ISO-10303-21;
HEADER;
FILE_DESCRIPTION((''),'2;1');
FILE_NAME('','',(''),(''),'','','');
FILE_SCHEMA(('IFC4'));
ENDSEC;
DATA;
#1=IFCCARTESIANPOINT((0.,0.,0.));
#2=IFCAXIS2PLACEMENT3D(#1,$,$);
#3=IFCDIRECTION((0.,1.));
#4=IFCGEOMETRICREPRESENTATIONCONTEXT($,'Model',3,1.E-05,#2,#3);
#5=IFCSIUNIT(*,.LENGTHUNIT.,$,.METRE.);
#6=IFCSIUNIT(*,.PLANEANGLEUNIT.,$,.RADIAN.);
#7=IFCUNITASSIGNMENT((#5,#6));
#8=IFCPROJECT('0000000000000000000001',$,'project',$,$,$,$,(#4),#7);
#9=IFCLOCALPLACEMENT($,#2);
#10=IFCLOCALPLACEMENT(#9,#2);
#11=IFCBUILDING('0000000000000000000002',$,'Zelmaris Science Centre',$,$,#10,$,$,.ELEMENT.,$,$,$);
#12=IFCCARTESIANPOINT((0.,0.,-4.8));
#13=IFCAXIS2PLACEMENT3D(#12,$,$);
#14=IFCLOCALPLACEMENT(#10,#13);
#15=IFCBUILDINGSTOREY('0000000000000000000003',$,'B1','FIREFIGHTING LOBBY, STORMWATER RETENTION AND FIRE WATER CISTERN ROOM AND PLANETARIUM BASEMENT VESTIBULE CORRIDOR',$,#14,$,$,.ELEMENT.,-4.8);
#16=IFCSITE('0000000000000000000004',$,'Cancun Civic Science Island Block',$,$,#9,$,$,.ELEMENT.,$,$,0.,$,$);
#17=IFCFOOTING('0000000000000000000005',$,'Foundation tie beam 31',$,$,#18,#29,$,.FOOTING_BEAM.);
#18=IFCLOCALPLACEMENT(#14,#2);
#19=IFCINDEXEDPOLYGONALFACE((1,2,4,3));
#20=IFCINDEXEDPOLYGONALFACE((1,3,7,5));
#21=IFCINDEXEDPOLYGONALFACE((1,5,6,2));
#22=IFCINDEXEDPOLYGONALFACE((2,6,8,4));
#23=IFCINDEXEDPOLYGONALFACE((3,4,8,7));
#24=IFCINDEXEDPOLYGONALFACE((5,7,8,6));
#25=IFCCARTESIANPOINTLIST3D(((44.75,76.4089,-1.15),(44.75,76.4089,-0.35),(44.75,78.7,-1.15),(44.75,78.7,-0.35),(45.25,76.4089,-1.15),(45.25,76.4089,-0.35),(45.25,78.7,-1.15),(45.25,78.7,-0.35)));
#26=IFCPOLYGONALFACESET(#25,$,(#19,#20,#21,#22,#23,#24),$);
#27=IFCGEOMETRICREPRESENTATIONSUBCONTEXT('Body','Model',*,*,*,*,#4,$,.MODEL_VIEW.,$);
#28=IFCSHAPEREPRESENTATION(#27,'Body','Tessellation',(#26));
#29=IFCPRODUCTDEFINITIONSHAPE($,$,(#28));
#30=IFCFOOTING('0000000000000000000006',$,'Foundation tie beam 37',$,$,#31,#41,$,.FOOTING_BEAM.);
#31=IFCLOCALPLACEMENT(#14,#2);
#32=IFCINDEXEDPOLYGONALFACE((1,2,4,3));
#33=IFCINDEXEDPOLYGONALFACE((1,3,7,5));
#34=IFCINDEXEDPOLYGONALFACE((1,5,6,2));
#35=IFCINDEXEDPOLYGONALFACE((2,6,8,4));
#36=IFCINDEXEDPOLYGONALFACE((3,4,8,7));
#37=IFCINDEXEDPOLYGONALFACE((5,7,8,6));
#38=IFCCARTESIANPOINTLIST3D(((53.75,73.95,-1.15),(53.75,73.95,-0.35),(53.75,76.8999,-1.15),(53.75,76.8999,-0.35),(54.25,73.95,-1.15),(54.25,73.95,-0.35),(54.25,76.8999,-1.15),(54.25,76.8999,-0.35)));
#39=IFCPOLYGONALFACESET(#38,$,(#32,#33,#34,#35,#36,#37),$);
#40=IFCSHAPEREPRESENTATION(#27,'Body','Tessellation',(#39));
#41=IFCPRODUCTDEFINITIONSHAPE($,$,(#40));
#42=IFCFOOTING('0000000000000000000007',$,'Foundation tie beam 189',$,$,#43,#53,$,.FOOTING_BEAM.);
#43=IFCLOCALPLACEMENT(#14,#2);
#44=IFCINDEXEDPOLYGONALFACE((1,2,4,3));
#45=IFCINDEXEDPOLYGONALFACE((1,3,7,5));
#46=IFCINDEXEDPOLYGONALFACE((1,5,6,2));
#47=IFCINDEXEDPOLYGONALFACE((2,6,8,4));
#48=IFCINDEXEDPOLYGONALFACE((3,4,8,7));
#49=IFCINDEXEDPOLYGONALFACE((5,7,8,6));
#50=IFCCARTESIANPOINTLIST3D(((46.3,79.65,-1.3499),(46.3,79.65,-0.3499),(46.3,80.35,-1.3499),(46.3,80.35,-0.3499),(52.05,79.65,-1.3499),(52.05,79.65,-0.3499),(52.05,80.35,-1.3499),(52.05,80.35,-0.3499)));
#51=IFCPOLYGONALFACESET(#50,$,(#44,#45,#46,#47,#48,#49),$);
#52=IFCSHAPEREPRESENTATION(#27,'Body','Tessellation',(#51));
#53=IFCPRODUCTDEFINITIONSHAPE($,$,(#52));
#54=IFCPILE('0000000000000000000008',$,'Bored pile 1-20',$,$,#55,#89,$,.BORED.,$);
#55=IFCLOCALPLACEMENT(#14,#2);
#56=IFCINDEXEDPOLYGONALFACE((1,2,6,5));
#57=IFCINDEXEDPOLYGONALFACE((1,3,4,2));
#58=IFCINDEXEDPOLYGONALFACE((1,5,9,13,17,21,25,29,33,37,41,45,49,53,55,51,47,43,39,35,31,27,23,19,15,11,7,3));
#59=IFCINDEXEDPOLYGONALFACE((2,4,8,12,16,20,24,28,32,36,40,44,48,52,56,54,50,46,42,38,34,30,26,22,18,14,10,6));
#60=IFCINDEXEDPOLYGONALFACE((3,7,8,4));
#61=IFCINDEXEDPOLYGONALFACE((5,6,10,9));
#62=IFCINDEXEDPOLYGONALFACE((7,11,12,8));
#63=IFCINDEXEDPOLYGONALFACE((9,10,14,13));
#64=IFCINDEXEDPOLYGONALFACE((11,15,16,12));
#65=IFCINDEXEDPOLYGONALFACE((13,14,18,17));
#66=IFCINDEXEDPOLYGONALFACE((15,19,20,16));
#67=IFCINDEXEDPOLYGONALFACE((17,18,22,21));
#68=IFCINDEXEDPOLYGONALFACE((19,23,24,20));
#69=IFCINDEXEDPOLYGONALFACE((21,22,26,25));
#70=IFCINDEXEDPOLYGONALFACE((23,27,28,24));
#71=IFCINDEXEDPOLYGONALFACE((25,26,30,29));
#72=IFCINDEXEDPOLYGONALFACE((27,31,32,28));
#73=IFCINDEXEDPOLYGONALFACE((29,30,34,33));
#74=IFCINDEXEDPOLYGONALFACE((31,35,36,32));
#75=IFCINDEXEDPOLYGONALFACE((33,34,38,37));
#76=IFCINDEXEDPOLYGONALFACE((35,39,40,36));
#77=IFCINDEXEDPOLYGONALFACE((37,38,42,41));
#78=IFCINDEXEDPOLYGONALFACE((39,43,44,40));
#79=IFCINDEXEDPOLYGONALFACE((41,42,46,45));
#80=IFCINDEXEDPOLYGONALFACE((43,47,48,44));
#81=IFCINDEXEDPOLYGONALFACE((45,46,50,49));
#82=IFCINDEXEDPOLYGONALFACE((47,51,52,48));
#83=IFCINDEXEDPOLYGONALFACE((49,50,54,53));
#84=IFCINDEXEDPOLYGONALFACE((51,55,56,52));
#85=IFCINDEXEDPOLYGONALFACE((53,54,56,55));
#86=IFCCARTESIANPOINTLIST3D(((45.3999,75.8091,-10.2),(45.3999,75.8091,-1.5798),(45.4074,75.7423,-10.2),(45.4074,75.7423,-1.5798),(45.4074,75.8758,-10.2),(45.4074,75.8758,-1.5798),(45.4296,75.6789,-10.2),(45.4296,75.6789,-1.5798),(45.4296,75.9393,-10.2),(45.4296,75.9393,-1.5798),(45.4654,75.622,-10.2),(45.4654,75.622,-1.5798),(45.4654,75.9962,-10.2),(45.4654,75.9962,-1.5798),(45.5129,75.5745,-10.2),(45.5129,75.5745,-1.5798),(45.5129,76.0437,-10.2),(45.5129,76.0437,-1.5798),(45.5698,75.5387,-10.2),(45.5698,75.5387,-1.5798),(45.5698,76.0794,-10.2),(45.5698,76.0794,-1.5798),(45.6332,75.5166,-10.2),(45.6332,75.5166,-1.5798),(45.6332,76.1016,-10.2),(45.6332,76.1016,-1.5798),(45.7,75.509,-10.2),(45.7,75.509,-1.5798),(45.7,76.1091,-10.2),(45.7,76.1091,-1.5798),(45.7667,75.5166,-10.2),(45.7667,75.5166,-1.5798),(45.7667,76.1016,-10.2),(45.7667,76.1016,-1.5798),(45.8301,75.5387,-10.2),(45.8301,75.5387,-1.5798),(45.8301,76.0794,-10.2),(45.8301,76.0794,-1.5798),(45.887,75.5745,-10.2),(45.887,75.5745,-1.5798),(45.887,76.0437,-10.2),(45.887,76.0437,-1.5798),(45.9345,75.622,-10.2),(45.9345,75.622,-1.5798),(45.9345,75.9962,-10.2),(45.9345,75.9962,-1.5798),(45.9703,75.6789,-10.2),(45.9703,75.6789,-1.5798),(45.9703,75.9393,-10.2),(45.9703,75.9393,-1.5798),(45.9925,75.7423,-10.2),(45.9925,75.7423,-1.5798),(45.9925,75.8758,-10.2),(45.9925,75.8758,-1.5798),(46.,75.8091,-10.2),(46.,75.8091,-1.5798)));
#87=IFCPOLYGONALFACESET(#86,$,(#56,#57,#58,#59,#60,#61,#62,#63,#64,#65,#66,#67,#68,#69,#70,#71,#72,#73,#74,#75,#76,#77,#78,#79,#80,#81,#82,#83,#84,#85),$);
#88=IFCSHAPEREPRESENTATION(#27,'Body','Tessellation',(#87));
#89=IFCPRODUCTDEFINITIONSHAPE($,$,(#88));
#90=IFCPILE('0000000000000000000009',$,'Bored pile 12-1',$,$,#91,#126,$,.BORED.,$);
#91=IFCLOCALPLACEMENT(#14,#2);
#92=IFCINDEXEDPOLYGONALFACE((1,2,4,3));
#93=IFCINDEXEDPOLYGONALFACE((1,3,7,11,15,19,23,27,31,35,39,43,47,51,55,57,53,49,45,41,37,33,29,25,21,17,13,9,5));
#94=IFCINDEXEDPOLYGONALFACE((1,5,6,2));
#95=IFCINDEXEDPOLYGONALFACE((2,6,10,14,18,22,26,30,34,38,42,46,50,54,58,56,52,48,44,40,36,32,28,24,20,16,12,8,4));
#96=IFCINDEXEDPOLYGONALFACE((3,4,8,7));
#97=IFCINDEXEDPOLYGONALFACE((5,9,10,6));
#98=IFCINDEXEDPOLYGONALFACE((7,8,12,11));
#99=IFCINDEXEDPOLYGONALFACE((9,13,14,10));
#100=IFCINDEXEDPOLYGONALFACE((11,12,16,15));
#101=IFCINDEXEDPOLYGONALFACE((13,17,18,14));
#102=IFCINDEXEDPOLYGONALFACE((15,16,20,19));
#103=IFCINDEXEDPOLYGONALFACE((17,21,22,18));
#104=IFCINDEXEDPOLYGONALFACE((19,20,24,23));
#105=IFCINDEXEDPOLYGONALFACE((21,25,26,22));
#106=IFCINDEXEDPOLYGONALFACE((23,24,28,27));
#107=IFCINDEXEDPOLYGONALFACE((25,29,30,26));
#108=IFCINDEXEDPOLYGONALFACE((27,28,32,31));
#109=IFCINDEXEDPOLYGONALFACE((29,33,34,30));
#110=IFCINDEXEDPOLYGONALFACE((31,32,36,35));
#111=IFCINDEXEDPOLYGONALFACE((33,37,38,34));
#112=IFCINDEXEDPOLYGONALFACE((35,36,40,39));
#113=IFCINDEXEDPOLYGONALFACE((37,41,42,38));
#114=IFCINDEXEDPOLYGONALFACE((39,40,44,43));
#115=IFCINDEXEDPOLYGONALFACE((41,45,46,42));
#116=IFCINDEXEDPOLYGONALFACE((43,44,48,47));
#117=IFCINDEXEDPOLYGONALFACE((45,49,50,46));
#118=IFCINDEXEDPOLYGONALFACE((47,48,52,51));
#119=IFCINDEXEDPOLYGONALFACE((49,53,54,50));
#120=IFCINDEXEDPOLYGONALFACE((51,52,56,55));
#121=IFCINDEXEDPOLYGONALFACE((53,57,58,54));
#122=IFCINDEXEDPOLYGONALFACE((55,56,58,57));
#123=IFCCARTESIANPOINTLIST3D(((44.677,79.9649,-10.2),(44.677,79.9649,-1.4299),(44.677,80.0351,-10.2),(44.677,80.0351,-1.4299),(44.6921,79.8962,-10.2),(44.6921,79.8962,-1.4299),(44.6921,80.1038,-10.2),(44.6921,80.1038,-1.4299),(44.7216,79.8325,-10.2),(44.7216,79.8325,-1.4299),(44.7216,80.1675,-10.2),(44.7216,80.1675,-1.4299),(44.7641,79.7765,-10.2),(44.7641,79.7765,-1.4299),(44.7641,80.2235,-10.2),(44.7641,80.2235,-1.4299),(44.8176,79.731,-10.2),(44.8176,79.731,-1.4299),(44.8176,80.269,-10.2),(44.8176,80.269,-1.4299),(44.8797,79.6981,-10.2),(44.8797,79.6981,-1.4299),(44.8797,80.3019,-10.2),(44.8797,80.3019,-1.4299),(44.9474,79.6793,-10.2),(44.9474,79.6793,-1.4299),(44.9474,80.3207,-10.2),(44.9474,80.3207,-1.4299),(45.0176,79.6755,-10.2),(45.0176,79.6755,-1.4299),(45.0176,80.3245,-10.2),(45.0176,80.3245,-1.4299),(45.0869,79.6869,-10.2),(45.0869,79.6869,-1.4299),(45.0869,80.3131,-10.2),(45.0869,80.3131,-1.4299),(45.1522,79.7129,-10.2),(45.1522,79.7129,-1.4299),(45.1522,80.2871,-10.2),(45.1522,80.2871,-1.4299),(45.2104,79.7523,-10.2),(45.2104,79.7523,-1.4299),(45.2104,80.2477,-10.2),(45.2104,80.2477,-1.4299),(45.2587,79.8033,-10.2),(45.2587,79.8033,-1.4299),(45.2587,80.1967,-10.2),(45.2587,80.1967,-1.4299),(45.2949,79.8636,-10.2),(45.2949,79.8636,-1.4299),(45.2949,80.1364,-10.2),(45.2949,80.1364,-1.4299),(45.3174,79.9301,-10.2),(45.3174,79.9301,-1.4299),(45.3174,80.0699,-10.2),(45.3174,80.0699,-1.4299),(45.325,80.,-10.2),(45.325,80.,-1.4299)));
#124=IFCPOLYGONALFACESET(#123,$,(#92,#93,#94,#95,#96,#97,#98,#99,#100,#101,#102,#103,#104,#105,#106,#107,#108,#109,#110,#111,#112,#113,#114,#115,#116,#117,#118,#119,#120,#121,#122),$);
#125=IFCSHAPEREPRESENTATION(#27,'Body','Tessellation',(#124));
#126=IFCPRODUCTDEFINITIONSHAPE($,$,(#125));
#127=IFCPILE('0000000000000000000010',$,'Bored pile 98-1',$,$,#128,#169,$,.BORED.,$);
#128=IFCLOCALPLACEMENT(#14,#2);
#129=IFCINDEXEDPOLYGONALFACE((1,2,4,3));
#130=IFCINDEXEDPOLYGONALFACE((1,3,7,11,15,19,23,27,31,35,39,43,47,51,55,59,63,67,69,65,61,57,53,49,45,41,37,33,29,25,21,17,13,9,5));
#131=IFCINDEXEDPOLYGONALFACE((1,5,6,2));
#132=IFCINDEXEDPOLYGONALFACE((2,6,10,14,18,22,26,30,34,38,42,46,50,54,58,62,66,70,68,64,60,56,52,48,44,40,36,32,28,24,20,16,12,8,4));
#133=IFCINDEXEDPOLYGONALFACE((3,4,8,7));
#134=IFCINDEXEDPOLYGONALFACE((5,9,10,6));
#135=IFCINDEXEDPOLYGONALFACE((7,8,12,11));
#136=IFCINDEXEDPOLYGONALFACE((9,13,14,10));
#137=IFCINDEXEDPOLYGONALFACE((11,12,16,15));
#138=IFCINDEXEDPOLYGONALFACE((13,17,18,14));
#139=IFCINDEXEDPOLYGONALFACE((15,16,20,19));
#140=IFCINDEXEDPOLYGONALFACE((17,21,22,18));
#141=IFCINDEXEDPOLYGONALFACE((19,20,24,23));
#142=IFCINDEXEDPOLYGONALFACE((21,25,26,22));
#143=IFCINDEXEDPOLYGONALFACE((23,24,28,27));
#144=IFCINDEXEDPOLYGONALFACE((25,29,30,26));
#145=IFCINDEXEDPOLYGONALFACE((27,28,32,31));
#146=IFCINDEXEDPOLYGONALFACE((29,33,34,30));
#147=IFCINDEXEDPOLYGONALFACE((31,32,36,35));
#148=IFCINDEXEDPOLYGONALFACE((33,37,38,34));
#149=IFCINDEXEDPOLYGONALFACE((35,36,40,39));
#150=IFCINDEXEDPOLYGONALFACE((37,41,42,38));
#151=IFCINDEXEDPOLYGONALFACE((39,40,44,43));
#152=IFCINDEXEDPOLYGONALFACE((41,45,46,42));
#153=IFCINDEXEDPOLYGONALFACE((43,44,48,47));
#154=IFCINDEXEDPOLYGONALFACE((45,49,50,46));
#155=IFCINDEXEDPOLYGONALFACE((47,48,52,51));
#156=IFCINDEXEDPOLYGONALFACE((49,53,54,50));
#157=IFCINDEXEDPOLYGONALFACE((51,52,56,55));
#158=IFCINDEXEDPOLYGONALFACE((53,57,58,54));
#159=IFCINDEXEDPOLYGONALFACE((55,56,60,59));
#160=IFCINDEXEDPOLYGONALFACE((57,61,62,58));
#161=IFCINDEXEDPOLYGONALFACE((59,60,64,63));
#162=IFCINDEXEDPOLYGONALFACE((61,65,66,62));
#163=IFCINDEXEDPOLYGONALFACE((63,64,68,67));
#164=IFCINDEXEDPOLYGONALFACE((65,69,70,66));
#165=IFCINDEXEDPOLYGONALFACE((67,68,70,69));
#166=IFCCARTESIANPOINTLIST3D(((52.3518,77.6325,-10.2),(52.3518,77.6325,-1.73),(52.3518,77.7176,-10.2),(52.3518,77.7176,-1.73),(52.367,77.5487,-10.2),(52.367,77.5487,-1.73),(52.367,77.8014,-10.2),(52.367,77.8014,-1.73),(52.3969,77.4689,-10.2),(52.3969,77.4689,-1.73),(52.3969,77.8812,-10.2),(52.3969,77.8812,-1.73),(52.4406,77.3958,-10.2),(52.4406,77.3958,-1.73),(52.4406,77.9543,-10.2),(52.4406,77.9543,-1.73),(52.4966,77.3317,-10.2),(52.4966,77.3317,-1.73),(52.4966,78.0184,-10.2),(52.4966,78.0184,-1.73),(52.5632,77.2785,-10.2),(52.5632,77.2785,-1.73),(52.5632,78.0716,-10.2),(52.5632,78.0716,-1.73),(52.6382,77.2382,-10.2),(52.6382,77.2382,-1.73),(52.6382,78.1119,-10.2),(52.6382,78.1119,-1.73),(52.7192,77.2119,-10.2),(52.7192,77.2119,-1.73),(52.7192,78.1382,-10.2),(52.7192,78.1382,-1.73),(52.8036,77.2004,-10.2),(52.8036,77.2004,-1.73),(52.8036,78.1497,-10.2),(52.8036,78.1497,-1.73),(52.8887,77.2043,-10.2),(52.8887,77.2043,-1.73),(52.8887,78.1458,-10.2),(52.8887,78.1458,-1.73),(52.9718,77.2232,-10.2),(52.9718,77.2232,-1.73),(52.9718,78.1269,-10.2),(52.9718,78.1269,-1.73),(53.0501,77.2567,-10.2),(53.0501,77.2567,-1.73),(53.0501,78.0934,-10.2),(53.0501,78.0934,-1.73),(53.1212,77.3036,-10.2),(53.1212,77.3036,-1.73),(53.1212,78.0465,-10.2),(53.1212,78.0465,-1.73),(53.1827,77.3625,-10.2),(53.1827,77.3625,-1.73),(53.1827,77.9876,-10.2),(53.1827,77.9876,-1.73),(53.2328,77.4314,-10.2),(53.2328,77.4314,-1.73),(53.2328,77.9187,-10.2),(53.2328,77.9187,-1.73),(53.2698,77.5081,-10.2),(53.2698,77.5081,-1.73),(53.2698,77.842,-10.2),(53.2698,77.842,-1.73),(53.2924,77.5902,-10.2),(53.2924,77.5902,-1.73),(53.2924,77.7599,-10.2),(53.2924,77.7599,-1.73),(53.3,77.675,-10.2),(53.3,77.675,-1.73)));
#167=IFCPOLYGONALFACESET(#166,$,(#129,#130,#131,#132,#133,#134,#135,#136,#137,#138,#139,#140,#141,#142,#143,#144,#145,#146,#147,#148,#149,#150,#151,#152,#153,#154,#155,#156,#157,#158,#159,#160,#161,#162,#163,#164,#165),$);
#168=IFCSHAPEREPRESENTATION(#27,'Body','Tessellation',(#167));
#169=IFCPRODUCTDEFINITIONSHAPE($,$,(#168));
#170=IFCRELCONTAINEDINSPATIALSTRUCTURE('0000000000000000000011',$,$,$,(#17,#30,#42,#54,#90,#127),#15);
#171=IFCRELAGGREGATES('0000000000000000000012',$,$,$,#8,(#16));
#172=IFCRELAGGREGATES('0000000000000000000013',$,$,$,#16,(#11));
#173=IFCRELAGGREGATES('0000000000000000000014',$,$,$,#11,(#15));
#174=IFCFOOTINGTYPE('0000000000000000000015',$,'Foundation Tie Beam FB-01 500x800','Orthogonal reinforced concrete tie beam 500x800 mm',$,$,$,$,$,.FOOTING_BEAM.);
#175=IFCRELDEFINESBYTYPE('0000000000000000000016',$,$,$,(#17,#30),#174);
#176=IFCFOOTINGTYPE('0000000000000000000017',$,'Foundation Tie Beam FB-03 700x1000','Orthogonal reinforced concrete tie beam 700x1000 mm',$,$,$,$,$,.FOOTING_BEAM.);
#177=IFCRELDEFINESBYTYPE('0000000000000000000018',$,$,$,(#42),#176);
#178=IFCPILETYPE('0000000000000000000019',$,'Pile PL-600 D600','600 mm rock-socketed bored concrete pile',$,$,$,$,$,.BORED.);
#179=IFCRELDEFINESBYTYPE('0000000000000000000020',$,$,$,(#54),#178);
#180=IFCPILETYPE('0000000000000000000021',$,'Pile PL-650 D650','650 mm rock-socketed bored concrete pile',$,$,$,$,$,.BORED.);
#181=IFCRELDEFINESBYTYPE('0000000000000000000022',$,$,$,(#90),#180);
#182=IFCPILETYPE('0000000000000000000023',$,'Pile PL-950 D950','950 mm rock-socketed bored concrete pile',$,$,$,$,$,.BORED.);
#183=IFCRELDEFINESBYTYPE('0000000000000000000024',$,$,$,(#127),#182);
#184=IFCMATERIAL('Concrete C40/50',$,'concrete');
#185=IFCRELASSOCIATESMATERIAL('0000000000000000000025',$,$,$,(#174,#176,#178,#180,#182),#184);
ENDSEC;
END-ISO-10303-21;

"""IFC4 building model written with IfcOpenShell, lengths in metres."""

from ifc_helpers import new_model, si_unit, direction, frame, origin, origin_2d, place, context, subcontext, project, spatial, rectangle, circle, extrude, material, material_profile, profile_set, type_object, element, save


model = new_model("IFC4")

# Units and contexts
model_context = context("Model", 3, precision=1e-05, world=origin(), true_north=direction((0.0, 1.0)))
body_context = subcontext(model_context, "Body", "Model", "MODEL_VIEW")
ifc_project = project(units=[si_unit("LENGTHUNIT", "METRE"), si_unit("PLANEANGLEUNIT", "RADIAN")], contexts=[model_context])

# Site, building, storey
site_placement = place(None, origin())
site = spatial("IfcSite", under=ifc_project, at=site_placement, Name="Cancun Civic Science Island Block", CompositionType="ELEMENT", RefElevation=0.0)
building_placement = place(site_placement, origin())
building = spatial("IfcBuilding", under=site, at=building_placement, Name="Zelmaris Science Centre", CompositionType="ELEMENT")
storey_placement = place(building_placement, frame((0.0, 0.0, -4.8)))
storey = spatial("IfcBuildingStorey", under=building, at=storey_placement, Name="B1", Description="FIREFIGHTING LOBBY, STORMWATER RETENTION AND FIRE WATER CISTERN ROOM AND PLANETARIUM BASEMENT VESTIBULE CORRIDOR", CompositionType="ELEMENT", Elevation=-4.8)

# Footings
ifc_material_1 = material(Name="Concrete C40/50", Category="concrete")
ifc_material_profile_1 = material_profile(ifc_material_1, rectangle(XDim=0.5, YDim=0.8, at=origin_2d()), Name="FB-500X800")
ifc_profile_set_1 = profile_set([ifc_material_profile_1], Name="Concrete C40/50")
footing_type_1 = type_object("IfcFootingType", Name="Foundation Tie Beam FB-01 500x800", Description="Orthogonal reinforced concrete tie beam 500x800 mm", PredefinedType="FOOTING_BEAM", material=ifc_profile_set_1)
footing_1_placement = place(storey_placement, frame((45.0, 76.4089, -0.75), z_axis=(0.0, 1.0, 0.0), x_axis=(-1.0, 0.0, 0.0)))
element("IfcFooting", 1, at=footing_1_placement, inside=storey, type_object=footing_type_1, Name="Foundation tie beam 31", PredefinedType="FOOTING_BEAM", context=body_context, shape_type="SweptSolid", body=[
    extrude(rectangle(XDim=0.5, YDim=0.8, at=origin_2d()), origin(), (0.0, 0.0, 1.0), 2.291),
])
footing_2_placement = place(storey_placement, frame((54.0, 73.95, -0.75), z_axis=(0.0, 1.0, 0.0), x_axis=(-1.0, 0.0, 0.0)))
element("IfcFooting", 2, at=footing_2_placement, inside=storey, type_object=footing_type_1, Name="Foundation tie beam 37", PredefinedType="FOOTING_BEAM", context=body_context, shape_type="SweptSolid", body=[
    extrude(rectangle(XDim=0.5, YDim=0.8, at=origin_2d()), origin(), (0.0, 0.0, 1.0), 2.95),
])
ifc_material_profile_2 = material_profile(ifc_material_1, rectangle(XDim=0.7, YDim=1.0, at=origin_2d()), Name="FB-700X1000")
ifc_profile_set_2 = profile_set([ifc_material_profile_2], Name="Concrete C40/50")
footing_type_2 = type_object("IfcFootingType", Name="Foundation Tie Beam FB-03 700x1000", Description="Orthogonal reinforced concrete tie beam 700x1000 mm", PredefinedType="FOOTING_BEAM", material=ifc_profile_set_2)
footing_3_placement = place(storey_placement, frame((46.3, 80.0, -0.8499), z_axis=(1.0, 0.0, 0.0), x_axis=(0.0, 1.0, 0.0)))
element("IfcFooting", 3, at=footing_3_placement, inside=storey, type_object=footing_type_2, Name="Foundation tie beam 189", PredefinedType="FOOTING_BEAM", context=body_context, shape_type="SweptSolid", body=[
    extrude(rectangle(XDim=0.7, YDim=1.0, at=origin_2d()), origin(), (0.0, 0.0, 1.0), 5.75),
])

# Piles
ifc_material_profile_3 = material_profile(ifc_material_1, circle(Radius=0.3, at=origin_2d()), Name="PILE-600")
ifc_profile_set_3 = profile_set([ifc_material_profile_3], Name="Concrete C40/50")
pile_type_1 = type_object("IfcPileType", Name="Pile PL-600 D600", Description="600 mm rock-socketed bored concrete pile", PredefinedType="BORED", material=ifc_profile_set_3)
pile_1_placement = place(storey_placement, frame((45.7, 75.8091, -1.5798), z_axis=(0.0, 0.0, -1.0), x_axis=(1.0, 0.0, 0.0)))
element("IfcPile", 4, at=pile_1_placement, inside=storey, type_object=pile_type_1, Name="Bored pile 1-20", PredefinedType="BORED", context=body_context, shape_type="SweptSolid", body=[
    extrude(circle(Radius=0.3, at=origin_2d()), origin(), (0.0, 0.0, 1.0), 8.6201),
])
ifc_material_profile_4 = material_profile(ifc_material_1, circle(Radius=0.325, at=origin_2d()), Name="PILE-650")
ifc_profile_set_4 = profile_set([ifc_material_profile_4], Name="Concrete C40/50")
pile_type_2 = type_object("IfcPileType", Name="Pile PL-650 D650", Description="650 mm rock-socketed bored concrete pile", PredefinedType="BORED", material=ifc_profile_set_4)
pile_2_placement = place(storey_placement, frame((45.0, 80.0, -1.4299), z_axis=(0.0, 0.0, -1.0), x_axis=(1.0, 0.0, 0.0)))
element("IfcPile", 5, at=pile_2_placement, inside=storey, type_object=pile_type_2, Name="Bored pile 12-1", PredefinedType="BORED", context=body_context, shape_type="SweptSolid", body=[
    extrude(circle(Radius=0.325, at=origin_2d()), origin(), (0.0, 0.0, 1.0), 8.77),
])
ifc_material_profile_5 = material_profile(ifc_material_1, circle(Radius=0.4751, at=origin_2d()), Name="PILE-950")
ifc_profile_set_5 = profile_set([ifc_material_profile_5], Name="Concrete C40/50")
pile_type_3 = type_object("IfcPileType", Name="Pile PL-950 D950", Description="950 mm rock-socketed bored concrete pile", PredefinedType="BORED", material=ifc_profile_set_5)
for number, where, z_axis, x_axis, name in (
    (6, (52.825, 77.675, -1.73), (0.0, 0.0, -1.0), (1.0, 0.0, 0.0), "Bored pile 98-1"),
):
    element("IfcPile", number, at=place(storey_placement, frame(where, z_axis=z_axis, x_axis=x_axis)), inside=storey, type_object=pile_type_3, Name=name, PredefinedType="BORED", context=body_context, shape_type="SweptSolid", body=[
        extrude(circle(Radius=0.4751, at=origin_2d()), origin(), (0.0, 0.0, 1.0), 8.47),
    ])

save(model, "model.ifc")
